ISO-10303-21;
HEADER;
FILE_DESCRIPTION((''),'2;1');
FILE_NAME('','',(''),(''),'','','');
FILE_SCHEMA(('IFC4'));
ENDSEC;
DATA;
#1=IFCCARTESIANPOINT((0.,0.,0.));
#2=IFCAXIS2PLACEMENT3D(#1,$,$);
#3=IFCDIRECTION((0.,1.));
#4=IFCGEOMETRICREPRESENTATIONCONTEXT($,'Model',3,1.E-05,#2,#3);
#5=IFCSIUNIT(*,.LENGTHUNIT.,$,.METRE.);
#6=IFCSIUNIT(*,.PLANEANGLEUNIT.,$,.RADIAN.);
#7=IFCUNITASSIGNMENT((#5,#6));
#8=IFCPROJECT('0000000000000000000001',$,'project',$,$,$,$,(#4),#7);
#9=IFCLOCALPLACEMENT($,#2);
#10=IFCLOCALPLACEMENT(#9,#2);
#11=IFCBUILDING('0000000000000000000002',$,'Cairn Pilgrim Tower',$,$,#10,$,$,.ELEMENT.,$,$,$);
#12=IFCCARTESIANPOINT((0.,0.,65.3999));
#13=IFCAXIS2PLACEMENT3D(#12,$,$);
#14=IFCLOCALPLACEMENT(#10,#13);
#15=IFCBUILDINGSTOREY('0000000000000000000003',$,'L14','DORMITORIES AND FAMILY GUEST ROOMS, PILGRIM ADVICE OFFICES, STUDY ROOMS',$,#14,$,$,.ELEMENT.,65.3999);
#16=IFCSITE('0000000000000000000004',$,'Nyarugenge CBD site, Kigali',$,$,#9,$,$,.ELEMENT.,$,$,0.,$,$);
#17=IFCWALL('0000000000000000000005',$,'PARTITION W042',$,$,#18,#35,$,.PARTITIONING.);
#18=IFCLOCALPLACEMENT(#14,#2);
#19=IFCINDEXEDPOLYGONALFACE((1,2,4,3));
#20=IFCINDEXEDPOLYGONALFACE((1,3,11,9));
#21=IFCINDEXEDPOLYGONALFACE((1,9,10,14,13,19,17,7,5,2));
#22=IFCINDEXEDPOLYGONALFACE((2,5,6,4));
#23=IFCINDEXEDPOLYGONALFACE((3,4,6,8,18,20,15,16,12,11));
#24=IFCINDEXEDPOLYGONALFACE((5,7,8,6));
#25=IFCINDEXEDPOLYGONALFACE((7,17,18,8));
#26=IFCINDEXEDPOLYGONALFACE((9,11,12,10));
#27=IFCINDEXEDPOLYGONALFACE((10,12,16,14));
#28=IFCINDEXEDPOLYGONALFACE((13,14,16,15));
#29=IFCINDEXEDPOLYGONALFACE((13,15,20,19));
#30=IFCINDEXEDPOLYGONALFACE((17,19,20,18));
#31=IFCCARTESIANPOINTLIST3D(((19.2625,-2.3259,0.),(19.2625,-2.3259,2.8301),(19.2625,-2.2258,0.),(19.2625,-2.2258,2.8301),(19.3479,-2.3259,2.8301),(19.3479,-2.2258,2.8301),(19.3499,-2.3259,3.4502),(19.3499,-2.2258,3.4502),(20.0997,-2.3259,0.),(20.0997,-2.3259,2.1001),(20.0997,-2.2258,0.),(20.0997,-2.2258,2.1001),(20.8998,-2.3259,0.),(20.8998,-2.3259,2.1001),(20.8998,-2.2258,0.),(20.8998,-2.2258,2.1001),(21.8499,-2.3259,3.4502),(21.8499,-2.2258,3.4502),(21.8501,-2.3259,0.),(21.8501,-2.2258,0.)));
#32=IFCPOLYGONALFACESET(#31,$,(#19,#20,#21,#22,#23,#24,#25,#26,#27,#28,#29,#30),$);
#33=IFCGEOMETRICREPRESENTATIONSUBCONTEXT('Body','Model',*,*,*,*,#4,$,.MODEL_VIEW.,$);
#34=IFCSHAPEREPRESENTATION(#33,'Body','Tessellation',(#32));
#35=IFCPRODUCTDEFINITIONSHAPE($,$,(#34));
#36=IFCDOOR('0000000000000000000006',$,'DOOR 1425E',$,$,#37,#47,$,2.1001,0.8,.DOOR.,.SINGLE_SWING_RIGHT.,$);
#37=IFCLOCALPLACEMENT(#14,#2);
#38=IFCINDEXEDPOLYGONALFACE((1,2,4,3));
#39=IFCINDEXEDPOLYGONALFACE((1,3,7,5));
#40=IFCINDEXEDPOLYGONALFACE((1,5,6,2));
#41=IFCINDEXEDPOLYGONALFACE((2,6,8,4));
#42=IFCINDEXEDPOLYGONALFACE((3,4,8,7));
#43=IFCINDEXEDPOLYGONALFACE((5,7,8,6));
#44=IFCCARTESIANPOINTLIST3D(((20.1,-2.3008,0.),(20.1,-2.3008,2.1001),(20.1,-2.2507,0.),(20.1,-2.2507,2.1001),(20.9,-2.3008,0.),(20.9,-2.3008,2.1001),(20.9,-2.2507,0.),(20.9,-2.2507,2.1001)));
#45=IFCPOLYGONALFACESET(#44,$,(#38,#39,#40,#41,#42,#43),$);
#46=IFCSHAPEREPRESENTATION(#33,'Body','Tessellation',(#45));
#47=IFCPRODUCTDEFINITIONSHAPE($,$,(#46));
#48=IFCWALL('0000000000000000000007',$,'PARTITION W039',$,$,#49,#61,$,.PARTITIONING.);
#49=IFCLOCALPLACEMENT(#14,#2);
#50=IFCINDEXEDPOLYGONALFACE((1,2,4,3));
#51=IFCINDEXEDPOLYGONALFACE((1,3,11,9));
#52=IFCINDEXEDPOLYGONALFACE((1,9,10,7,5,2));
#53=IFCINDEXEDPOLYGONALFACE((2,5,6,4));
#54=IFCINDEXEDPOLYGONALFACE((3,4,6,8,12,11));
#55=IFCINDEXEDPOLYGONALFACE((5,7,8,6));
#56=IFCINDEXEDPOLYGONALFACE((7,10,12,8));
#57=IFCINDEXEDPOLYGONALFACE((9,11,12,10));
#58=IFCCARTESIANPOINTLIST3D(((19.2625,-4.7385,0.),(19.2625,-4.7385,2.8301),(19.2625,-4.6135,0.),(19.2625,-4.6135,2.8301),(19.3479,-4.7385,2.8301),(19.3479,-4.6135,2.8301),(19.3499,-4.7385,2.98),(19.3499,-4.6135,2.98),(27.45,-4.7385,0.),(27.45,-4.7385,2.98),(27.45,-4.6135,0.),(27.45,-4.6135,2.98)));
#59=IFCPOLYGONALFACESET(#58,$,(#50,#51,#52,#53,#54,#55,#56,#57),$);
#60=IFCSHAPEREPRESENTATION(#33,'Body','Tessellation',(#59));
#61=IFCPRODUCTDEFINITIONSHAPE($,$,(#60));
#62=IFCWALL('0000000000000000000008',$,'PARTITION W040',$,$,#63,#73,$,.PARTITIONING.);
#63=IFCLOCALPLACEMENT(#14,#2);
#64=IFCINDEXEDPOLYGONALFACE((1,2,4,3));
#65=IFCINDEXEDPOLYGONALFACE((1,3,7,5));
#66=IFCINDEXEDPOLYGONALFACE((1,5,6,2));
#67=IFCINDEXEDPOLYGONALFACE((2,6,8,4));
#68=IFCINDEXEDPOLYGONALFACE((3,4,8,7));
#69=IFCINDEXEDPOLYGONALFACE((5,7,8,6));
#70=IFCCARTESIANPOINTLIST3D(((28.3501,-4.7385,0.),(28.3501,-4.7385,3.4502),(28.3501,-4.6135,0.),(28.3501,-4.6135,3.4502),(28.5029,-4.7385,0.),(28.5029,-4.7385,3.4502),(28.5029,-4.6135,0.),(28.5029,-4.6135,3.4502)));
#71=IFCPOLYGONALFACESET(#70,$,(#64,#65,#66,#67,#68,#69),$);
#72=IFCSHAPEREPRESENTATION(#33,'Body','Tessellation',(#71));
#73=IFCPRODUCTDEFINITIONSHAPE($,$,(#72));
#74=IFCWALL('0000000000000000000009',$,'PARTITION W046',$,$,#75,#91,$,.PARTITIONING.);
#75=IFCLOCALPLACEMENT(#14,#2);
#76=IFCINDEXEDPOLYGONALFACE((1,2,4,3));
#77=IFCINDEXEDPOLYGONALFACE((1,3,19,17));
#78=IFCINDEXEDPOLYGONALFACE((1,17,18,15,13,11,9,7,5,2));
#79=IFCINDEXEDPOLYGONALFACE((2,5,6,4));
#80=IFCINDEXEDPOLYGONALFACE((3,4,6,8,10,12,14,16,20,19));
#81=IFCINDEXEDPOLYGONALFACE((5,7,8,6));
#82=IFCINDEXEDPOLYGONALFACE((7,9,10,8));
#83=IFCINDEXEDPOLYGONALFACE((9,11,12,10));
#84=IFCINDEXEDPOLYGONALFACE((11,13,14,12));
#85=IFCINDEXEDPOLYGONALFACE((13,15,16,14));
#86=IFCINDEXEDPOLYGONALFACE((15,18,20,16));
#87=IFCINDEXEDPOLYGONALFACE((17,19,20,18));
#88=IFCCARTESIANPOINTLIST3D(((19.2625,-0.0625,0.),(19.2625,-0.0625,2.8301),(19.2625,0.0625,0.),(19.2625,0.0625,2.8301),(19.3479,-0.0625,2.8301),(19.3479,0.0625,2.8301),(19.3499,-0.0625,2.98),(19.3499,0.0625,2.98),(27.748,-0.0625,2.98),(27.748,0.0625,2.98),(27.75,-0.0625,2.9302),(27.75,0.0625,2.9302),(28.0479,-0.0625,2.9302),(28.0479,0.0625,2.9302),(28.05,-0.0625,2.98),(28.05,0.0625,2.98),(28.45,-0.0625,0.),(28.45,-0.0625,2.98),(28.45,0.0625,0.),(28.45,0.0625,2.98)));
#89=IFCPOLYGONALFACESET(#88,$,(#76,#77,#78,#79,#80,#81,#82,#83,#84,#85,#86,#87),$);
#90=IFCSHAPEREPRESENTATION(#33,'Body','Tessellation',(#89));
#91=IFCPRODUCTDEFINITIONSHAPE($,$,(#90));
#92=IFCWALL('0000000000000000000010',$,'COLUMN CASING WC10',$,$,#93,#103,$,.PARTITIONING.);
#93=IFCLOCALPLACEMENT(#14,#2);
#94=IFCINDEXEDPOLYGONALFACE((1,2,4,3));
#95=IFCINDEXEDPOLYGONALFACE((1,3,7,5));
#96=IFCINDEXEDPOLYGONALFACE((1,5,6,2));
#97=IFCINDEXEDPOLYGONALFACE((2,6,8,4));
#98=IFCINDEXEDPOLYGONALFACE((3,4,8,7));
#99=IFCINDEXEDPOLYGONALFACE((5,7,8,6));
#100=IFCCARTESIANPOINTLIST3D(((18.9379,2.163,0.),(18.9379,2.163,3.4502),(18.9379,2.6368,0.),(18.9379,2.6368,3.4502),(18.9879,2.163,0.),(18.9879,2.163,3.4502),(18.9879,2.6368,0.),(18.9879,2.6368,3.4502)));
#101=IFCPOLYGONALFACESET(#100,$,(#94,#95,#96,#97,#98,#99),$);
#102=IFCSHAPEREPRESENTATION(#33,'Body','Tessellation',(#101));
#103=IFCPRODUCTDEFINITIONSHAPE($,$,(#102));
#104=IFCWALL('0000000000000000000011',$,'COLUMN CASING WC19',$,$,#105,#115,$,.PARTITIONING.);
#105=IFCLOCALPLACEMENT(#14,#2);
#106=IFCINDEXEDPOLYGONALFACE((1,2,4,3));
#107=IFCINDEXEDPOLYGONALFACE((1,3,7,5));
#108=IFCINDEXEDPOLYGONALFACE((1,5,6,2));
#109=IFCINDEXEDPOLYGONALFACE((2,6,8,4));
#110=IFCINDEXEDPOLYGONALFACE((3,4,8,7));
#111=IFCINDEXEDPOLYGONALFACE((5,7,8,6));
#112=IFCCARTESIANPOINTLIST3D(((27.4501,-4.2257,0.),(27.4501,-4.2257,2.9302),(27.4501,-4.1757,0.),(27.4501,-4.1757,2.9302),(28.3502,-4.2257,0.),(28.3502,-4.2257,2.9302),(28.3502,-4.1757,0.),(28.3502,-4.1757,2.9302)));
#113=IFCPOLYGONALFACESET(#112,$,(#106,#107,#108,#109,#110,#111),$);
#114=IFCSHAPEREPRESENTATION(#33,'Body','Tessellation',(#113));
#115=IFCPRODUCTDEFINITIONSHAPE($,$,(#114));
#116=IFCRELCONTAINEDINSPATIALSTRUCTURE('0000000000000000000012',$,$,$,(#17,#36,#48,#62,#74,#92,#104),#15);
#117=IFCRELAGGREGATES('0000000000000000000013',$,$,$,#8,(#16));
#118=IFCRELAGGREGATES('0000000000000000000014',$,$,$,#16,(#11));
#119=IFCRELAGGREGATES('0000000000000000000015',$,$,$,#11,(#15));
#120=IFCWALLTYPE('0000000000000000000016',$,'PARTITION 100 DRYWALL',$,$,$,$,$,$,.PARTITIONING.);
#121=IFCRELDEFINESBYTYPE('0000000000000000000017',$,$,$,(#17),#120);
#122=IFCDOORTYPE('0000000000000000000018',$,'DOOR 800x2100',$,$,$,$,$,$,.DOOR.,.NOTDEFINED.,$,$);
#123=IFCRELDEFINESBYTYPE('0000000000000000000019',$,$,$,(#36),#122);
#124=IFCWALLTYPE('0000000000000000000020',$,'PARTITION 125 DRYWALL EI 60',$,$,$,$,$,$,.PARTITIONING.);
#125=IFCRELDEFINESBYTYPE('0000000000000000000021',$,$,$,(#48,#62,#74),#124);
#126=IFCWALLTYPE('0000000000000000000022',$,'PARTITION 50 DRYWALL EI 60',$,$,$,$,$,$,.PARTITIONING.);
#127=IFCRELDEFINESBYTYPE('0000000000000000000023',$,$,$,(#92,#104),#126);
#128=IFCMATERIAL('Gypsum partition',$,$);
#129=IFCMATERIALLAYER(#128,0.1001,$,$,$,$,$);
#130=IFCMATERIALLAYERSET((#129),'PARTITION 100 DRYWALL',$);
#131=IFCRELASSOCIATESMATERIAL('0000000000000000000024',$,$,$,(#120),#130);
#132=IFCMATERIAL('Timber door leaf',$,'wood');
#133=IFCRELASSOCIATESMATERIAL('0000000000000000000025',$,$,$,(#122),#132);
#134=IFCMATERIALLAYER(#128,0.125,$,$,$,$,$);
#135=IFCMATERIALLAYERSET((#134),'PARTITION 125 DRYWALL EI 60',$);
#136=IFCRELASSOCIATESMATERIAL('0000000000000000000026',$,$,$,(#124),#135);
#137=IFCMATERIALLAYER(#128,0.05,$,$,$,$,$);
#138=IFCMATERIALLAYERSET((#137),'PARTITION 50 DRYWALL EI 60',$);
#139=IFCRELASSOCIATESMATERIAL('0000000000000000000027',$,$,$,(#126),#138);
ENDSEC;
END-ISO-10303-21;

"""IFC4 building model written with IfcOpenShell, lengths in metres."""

from ifc_helpers import new_model, si_unit, direction, frame, frame_2d, origin, place, context, subcontext, project, spatial, polyline, rectangle, outline, extrude, material, layer, layer_set, type_object, element, fill, save


model = new_model("IFC4")

# Units and contexts
model_context = context("Model", 3, precision=1e-05, world=origin(), true_north=direction((0.0, 1.0)))
body_context = subcontext(model_context, "Body", "Model", "MODEL_VIEW")
ifc_project = project(units=[si_unit("LENGTHUNIT", "METRE"), si_unit("PLANEANGLEUNIT", "RADIAN")], contexts=[model_context])

# Site, building, storey
site_placement = place(None, origin())
site = spatial("IfcSite", under=ifc_project, at=site_placement, Name="Nyarugenge CBD site, Kigali", CompositionType="ELEMENT", RefElevation=0.0)
building_placement = place(site_placement, origin())
building = spatial("IfcBuilding", under=site, at=building_placement, Name="Cairn Pilgrim Tower", CompositionType="ELEMENT")
storey_placement = place(building_placement, frame((0.0, 0.0, 65.3999)))
storey = spatial("IfcBuildingStorey", under=building, at=storey_placement, Name="L14", Description="DORMITORIES AND FAMILY GUEST ROOMS, PILGRIM ADVICE OFFICES, STUDY ROOMS", CompositionType="ELEMENT", Elevation=65.3999)

# Shared definitions
ifc_material_1 = material(Name="Gypsum partition")
ifc_layer_1 = layer(ifc_material_1, 0.1001)
ifc_layer_set_1 = layer_set([ifc_layer_1], Name="PARTITION 100 DRYWALL")
wall_type_1 = type_object("IfcWallType", Name="PARTITION 100 DRYWALL", PredefinedType="PARTITIONING", material=ifc_layer_set_1)

# Wall, opening, door
wall_1_placement = place(storey_placement, frame((19.2625, -2.2759, 0.0), z_axis=(0.0, 0.0, 1.0), x_axis=(1.0, 0.0, 0.0)))
wall_1 = element("IfcWall", 1, at=wall_1_placement, inside=storey, type_object=wall_type_1, Name="PARTITION W042", PredefinedType="PARTITIONING", context=body_context, shape_type="SweptSolid", body=[
    extrude(outline(polyline([(0.0, 0.0), (2.5876, 0.0), (2.5874, 3.4502), (0.0874, 3.4502), (0.0854, 2.8301), (0.0, 2.8301), (0.0, 0.0)])), frame((0.0, 0.05, 0.0), z_axis=(0.0, -1.0, 0.0), x_axis=(1.0, 0.0, 0.0)), (0.0, 0.0, 1.0), 0.1001),
])
opening_1_placement = place(wall_1_placement, frame((0.8374, 0.0, 0.0)))
opening_1 = element("IfcOpeningElement", 2, at=opening_1_placement, cuts=wall_1, PredefinedType="OPENING", context=body_context, shape_type="SweptSolid", body=[
    extrude(rectangle(XDim=0.8, YDim=2.1001, at=frame_2d((0.3999, 1.05))), frame((0.0, 0.0601, 0.0), z_axis=(0.0, -1.0, 0.0), x_axis=(1.0, 0.0, 0.0)), (0.0, 0.0, 1.0), 0.1201),
])
ifc_material_2 = material(Name="Timber door leaf", Category="wood")
door_type_1 = type_object("IfcDoorType", Name="DOOR 800x2100", OperationType="NOTDEFINED", PredefinedType="DOOR", material=ifc_material_2)
door_1_placement = place(opening_1_placement, frame((0.8, 0.0, 0.0), z_axis=(0.0, 0.0, 1.0), x_axis=(-1.0, 0.0, 0.0)))
door_1 = element("IfcDoor", 3, at=door_1_placement, inside=storey, type_object=door_type_1, Name="DOOR 1425E", OperationType="SINGLE_SWING_RIGHT", OverallHeight=2.1001, OverallWidth=0.8, PredefinedType="DOOR", context=body_context, shape_type="SweptSolid", body=[
    extrude(rectangle(XDim=0.8, YDim=2.1001, at=frame_2d((0.3999, 1.05))), frame((0.0, 0.0249, 0.0), z_axis=(0.0, -1.0, 0.0), x_axis=(1.0, 0.0, 0.0)), (0.0, 0.0, 1.0), 0.05),
])
fill(opening_1, door_1)

# Walls
ifc_layer_2 = layer(ifc_material_1, 0.125)
ifc_layer_set_2 = layer_set([ifc_layer_2], Name="PARTITION 125 DRYWALL EI 60")
wall_type_2 = type_object("IfcWallType", Name="PARTITION 125 DRYWALL EI 60", PredefinedType="PARTITIONING", material=ifc_layer_set_2)
wall_2_placement = place(storey_placement, frame((19.2625, -4.676, 0.0), z_axis=(0.0, 0.0, 1.0), x_axis=(1.0, 0.0, 0.0)))
element("IfcWall", 4, at=wall_2_placement, inside=storey, type_object=wall_type_2, Name="PARTITION W039", PredefinedType="PARTITIONING", context=body_context, shape_type="SweptSolid", body=[
    extrude(outline(polyline([(0.0, 0.0), (8.1875, 0.0), (8.1875, 2.98), (0.0874, 2.98), (0.0854, 2.8301), (0.0, 2.8301), (0.0, 0.0)])), frame((0.0, 0.0625, 0.0), z_axis=(0.0, -1.0, 0.0), x_axis=(1.0, 0.0, 0.0)), (0.0, 0.0, 1.0), 0.125),
])
wall_3_placement = place(storey_placement, frame((28.3501, -4.676, 0.0), z_axis=(0.0, 0.0, 1.0), x_axis=(1.0, 0.0, 0.0)))
element("IfcWall", 5, at=wall_3_placement, inside=storey, type_object=wall_type_2, Name="PARTITION W040", PredefinedType="PARTITIONING", context=body_context, shape_type="SweptSolid", body=[
    extrude(rectangle(XDim=0.1528, YDim=0.125, at=frame_2d((0.0764, 0.0))), origin(), (0.0, 0.0, 1.0), 3.4502),
])
wall_4_placement = place(storey_placement, frame((19.2625, 0.0, 0.0), z_axis=(0.0, 0.0, 1.0), x_axis=(1.0, 0.0, 0.0)))
element("IfcWall", 6, at=wall_4_placement, inside=storey, type_object=wall_type_2, Name="PARTITION W046", PredefinedType="PARTITIONING", context=body_context, shape_type="SweptSolid", body=[
    extrude(outline(polyline([(0.0, 0.0), (9.1875, 0.0), (9.1875, 2.98), (8.7876, 2.98), (8.7854, 2.9302), (8.4875, 2.9302), (8.4856, 2.98), (0.0874, 2.98), (0.0854, 2.8301), (0.0, 2.8301), (0.0, 0.0)])), frame((0.0, 0.0625, 0.0), z_axis=(0.0, -1.0, 0.0), x_axis=(1.0, 0.0, 0.0)), (0.0, 0.0, 1.0), 0.125),
])
ifc_layer_3 = layer(ifc_material_1, 0.05)
ifc_layer_set_3 = layer_set([ifc_layer_3], Name="PARTITION 50 DRYWALL EI 60")
wall_type_3 = type_object("IfcWallType", Name="PARTITION 50 DRYWALL EI 60", PredefinedType="PARTITIONING", material=ifc_layer_set_3)
wall_5_placement = place(storey_placement, frame((18.9629, 2.1631, 0.0), z_axis=(0.0, 0.0, 1.0), x_axis=(0.0, 1.0, 0.0)))
element("IfcWall", 7, at=wall_5_placement, inside=storey, type_object=wall_type_3, Name="COLUMN CASING WC10", PredefinedType="PARTITIONING", context=body_context, shape_type="SweptSolid", body=[
    extrude(rectangle(XDim=0.4739, YDim=0.05, at=frame_2d((0.2368, 0.0))), origin(), (0.0, 0.0, 1.0), 3.4502),
])
wall_6_placement = place(storey_placement, frame((27.45, -4.2007, 0.0), z_axis=(0.0, 0.0, 1.0), x_axis=(1.0, 0.0, 0.0)))
element("IfcWall", 8, at=wall_6_placement, inside=storey, type_object=wall_type_3, Name="COLUMN CASING WC19", PredefinedType="PARTITIONING", context=body_context, shape_type="SweptSolid", body=[
    extrude(rectangle(XDim=0.9001, YDim=0.05, at=frame_2d((0.4502, 0.0))), origin(), (0.0, 0.0, 1.0), 2.9302),
])

save(model, "model.ifc")
